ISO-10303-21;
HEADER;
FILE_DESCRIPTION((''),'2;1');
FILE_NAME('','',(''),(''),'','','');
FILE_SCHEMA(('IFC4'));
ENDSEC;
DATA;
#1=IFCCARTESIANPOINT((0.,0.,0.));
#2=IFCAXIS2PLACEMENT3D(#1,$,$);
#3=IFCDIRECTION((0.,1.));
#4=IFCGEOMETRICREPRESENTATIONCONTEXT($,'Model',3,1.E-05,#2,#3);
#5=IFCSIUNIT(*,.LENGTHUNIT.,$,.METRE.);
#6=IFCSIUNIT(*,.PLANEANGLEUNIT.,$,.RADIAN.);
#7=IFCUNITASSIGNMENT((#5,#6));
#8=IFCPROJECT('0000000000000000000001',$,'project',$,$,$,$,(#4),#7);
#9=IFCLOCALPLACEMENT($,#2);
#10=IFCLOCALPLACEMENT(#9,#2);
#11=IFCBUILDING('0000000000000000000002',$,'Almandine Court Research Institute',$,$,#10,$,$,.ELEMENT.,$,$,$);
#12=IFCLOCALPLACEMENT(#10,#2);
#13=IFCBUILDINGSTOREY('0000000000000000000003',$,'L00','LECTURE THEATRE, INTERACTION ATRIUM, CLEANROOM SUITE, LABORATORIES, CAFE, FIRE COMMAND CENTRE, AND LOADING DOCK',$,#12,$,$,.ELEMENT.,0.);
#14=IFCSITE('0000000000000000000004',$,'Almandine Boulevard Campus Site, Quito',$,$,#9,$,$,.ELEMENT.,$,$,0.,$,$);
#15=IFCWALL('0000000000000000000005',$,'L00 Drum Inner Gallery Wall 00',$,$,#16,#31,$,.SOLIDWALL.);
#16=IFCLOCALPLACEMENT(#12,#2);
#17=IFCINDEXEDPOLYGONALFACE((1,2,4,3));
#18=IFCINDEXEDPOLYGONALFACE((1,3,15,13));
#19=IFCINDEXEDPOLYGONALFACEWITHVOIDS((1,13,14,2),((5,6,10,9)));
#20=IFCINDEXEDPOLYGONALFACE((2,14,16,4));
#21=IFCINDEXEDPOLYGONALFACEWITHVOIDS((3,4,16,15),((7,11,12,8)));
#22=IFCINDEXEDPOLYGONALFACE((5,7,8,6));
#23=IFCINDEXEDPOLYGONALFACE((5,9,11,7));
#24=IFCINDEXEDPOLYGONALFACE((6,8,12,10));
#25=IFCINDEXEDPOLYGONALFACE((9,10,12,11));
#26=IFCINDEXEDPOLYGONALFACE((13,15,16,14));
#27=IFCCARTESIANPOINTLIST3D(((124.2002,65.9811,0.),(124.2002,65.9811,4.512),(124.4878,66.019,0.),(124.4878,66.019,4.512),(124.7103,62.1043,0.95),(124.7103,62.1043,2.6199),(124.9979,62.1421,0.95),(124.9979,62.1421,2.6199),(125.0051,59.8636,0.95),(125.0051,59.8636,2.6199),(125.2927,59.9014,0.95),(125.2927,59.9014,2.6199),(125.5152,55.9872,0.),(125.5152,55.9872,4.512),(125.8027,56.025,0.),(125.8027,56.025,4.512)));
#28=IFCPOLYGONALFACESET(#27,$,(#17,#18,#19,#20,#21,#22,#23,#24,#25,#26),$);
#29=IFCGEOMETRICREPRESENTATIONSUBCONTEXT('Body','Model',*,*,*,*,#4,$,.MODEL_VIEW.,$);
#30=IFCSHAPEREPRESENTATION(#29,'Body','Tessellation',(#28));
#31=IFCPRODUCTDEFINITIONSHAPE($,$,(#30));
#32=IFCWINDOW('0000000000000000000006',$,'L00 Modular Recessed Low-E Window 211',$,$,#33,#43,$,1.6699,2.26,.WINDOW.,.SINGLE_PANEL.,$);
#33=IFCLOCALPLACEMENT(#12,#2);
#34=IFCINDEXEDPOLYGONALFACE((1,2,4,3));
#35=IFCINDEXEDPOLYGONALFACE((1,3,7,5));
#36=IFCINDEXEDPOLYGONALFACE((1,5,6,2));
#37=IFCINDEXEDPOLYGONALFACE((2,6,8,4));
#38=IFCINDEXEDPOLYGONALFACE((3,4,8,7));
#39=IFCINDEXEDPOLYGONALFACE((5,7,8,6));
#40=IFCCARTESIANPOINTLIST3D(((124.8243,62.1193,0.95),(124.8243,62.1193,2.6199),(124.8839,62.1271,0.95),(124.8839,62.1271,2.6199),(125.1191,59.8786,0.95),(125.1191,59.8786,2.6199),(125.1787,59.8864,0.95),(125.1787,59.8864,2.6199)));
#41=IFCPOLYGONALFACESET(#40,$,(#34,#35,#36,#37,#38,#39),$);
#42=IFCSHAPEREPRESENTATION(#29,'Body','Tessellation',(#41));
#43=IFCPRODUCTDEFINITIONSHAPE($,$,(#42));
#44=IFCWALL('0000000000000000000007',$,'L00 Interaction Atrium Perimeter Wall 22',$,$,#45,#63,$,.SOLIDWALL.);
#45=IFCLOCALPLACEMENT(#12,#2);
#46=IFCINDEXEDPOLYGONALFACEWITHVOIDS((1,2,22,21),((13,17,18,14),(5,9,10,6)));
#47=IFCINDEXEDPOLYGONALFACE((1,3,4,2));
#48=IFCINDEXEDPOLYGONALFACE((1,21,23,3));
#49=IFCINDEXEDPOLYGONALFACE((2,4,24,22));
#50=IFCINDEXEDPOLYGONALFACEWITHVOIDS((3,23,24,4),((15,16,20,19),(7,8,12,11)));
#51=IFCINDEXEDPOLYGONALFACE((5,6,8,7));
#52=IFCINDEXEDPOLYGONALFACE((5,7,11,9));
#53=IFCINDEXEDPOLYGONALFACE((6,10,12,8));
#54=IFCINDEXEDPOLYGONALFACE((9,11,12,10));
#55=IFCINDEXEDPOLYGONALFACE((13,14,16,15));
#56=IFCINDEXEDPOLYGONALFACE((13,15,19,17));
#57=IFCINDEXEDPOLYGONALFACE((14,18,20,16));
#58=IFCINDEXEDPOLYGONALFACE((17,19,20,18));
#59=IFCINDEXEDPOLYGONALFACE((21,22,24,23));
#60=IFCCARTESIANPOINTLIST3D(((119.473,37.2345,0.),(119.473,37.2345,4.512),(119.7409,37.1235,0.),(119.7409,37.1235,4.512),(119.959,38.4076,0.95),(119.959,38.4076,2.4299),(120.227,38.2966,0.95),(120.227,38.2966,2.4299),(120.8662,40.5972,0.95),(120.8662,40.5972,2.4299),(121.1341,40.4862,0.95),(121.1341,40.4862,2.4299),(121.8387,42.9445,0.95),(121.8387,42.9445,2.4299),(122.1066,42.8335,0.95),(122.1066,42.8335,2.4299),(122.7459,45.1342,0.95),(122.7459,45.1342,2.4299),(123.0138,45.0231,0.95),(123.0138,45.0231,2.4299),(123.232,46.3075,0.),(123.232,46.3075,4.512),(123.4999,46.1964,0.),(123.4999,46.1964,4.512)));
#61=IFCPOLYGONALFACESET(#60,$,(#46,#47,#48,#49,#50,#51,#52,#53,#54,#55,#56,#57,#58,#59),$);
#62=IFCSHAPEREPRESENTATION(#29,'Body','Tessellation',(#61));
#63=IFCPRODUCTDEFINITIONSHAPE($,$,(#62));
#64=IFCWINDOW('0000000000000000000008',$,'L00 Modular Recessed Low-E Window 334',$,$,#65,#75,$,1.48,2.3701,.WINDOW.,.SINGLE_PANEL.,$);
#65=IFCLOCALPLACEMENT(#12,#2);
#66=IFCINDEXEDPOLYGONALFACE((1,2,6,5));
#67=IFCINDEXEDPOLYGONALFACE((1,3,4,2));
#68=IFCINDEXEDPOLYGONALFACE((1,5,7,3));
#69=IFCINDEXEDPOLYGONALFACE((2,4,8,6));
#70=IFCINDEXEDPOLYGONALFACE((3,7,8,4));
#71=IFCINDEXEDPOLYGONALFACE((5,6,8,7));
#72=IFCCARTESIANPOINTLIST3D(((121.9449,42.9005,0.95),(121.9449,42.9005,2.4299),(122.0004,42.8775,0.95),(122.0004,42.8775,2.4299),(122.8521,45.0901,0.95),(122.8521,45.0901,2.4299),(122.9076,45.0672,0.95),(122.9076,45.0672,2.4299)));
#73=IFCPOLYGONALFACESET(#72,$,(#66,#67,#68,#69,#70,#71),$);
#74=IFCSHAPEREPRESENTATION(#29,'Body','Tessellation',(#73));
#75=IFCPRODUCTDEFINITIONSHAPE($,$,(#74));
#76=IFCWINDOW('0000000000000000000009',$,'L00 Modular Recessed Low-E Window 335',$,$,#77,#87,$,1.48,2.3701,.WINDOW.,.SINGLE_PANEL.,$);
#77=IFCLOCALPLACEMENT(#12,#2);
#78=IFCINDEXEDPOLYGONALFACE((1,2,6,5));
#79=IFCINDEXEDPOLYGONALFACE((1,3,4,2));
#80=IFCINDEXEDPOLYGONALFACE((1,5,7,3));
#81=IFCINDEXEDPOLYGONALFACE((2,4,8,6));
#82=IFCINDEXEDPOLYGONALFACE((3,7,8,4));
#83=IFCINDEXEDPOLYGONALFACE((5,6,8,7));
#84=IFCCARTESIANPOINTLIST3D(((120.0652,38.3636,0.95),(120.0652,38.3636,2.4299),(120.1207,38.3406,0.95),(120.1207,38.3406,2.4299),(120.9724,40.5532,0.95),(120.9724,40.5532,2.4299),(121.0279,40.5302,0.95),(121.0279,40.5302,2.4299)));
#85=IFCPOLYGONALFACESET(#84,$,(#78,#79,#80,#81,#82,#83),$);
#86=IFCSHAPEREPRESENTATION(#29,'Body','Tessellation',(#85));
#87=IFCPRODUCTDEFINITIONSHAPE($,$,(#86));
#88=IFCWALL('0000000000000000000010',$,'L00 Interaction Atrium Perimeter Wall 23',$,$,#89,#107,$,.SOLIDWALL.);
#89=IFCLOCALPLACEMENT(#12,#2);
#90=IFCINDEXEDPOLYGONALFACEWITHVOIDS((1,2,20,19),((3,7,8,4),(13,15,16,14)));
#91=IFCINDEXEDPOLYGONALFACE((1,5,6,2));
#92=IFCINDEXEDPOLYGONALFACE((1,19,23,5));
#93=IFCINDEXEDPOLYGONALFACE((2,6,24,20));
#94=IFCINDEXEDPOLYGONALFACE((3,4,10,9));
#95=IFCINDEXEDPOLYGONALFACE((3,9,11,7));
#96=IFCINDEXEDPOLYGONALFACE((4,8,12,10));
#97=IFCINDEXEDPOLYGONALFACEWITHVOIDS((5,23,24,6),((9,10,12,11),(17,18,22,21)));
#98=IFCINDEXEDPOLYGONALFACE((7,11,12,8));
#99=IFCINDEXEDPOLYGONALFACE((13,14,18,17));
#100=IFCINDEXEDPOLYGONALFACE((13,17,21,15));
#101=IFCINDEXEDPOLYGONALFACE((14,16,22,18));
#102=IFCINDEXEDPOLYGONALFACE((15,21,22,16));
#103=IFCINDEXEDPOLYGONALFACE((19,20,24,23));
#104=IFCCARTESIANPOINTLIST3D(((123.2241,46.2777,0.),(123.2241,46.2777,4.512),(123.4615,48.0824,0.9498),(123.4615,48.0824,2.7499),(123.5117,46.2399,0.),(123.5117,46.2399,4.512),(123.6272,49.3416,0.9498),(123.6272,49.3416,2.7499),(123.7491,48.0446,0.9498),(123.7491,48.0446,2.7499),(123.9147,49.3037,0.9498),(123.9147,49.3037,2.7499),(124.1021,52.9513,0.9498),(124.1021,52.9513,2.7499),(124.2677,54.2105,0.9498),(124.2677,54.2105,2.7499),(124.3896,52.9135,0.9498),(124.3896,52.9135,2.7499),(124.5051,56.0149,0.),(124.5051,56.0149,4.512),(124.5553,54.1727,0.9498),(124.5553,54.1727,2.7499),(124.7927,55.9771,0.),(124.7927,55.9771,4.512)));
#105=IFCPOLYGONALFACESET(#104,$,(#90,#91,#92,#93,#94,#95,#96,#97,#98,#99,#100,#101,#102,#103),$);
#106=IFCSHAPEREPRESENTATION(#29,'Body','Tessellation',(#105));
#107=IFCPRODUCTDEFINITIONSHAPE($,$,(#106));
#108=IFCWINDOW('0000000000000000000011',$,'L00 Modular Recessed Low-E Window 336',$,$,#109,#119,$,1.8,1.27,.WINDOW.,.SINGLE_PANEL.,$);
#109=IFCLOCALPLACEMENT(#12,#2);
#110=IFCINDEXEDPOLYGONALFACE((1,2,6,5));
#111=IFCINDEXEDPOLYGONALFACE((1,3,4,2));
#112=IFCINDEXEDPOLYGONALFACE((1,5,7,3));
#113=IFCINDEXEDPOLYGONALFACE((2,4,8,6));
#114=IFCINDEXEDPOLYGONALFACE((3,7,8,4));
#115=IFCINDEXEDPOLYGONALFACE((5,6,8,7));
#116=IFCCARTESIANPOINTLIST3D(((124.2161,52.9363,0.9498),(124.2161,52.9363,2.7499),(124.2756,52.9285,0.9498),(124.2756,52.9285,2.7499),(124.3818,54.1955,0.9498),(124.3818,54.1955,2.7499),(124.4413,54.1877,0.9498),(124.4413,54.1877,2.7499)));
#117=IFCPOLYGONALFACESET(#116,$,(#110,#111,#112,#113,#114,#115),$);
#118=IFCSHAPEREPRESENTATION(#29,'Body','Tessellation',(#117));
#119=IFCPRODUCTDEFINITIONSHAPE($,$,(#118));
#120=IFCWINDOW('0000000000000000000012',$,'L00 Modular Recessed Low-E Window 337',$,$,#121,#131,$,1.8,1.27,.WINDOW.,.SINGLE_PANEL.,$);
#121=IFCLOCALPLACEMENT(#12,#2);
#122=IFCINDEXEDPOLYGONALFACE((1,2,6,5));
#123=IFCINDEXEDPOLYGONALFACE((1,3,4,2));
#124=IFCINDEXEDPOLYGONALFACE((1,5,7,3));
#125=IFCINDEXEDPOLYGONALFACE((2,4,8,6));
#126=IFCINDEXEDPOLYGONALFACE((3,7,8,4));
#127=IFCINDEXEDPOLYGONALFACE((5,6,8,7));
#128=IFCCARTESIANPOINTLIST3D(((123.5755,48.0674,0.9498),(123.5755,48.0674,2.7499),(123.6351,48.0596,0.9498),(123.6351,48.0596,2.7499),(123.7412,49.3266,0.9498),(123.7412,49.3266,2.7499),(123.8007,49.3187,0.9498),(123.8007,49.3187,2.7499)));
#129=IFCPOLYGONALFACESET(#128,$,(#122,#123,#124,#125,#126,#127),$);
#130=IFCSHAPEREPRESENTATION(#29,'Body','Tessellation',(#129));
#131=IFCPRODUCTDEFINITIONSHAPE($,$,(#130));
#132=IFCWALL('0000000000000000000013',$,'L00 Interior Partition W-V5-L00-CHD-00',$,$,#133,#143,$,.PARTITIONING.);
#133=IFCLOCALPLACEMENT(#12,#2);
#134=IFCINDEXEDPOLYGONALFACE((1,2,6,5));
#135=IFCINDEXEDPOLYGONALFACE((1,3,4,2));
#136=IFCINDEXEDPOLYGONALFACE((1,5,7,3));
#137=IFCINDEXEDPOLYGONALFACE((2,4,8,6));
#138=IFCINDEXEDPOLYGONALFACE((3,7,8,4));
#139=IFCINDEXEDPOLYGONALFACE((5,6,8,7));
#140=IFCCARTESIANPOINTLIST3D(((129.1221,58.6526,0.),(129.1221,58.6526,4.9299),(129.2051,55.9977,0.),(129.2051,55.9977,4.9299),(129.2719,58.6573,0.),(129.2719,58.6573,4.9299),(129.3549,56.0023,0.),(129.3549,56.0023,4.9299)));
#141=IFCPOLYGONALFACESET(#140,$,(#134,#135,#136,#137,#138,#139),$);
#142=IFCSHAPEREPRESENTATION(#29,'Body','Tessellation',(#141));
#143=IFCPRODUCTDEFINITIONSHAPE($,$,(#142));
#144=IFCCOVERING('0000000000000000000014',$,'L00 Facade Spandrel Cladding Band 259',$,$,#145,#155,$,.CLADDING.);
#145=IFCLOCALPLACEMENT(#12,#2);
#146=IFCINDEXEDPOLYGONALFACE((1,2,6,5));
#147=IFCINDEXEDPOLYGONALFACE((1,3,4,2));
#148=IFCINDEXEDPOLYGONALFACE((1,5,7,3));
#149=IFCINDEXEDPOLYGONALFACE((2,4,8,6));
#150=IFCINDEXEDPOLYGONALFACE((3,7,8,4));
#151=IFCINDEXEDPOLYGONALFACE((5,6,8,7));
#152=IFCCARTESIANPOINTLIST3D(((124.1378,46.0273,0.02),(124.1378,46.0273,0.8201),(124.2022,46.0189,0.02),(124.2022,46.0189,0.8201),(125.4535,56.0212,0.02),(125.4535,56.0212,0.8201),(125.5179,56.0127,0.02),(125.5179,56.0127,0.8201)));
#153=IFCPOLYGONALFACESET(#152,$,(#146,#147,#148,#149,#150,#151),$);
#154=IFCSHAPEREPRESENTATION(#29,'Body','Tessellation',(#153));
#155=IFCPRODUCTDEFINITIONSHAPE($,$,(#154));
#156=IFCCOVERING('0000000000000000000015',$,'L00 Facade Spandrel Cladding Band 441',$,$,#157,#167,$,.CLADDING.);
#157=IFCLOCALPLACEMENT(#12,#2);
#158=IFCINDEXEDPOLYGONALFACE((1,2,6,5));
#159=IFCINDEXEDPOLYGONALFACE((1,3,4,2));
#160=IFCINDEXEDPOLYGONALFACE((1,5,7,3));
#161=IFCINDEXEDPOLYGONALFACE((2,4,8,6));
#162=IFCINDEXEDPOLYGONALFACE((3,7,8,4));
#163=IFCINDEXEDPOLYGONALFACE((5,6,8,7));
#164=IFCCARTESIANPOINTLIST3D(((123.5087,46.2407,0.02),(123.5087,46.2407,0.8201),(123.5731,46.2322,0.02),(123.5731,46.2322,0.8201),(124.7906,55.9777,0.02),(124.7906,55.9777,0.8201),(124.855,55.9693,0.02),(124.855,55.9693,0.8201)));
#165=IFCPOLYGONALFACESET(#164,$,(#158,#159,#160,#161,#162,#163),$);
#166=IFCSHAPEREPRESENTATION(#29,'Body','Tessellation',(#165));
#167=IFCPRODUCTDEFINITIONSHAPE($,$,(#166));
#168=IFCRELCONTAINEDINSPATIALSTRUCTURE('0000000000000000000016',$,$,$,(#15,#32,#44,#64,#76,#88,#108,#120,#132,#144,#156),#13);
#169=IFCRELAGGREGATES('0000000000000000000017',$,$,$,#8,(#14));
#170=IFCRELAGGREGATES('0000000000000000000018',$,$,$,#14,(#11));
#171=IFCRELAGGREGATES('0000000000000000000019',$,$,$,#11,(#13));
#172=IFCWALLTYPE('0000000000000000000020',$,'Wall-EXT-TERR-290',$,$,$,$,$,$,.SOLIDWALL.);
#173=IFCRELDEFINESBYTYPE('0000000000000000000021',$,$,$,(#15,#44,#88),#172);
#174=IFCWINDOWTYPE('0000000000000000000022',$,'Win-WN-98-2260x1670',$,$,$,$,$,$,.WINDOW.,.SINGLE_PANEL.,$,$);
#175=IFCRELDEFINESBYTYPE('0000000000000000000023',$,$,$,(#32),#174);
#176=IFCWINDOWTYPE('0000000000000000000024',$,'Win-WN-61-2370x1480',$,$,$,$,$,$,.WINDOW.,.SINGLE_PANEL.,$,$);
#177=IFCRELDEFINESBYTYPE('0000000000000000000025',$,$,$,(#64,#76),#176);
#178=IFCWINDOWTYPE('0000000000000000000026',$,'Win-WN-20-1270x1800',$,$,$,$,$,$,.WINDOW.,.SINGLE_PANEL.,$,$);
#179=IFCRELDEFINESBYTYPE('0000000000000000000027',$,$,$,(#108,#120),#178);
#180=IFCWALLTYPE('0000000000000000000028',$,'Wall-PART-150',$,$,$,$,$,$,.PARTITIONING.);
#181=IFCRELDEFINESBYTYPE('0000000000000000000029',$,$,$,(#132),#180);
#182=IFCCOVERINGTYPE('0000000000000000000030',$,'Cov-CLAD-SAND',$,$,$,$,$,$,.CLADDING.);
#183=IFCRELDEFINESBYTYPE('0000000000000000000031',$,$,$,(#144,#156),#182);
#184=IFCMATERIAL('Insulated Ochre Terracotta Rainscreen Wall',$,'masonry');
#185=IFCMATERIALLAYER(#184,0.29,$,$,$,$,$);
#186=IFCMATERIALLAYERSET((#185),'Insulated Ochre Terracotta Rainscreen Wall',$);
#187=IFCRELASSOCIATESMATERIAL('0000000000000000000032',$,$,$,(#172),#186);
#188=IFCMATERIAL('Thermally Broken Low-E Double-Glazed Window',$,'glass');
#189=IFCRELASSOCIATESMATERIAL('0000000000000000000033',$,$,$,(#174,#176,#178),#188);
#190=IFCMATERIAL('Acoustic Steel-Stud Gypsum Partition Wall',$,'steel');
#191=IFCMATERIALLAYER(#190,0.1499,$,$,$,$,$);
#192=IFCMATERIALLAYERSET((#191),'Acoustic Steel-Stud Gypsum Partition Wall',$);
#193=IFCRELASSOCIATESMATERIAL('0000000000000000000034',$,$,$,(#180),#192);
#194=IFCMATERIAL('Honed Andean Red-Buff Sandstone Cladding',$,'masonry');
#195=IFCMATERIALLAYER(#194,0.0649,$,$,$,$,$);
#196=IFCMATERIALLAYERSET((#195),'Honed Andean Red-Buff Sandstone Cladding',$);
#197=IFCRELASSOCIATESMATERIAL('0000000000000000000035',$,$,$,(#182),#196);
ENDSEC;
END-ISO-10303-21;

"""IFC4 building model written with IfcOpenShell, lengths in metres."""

from ifc_helpers import new_model, si_unit, direction, frame, frame_2d, origin, origin_2d, place, context, subcontext, project, spatial, rectangle, extrude, material, layer, layer_set, type_object, element, fill, save


model = new_model("IFC4")

# Units and contexts
model_context = context("Model", 3, precision=1e-05, world=origin(), true_north=direction((0.0, 1.0)))
body_context = subcontext(model_context, "Body", "Model", "MODEL_VIEW")
ifc_project = project(units=[si_unit("LENGTHUNIT", "METRE"), si_unit("PLANEANGLEUNIT", "RADIAN")], contexts=[model_context])

# Site, building, storey
site_placement = place(None, origin())
site = spatial("IfcSite", under=ifc_project, at=site_placement, Name="Almandine Boulevard Campus Site, Quito", CompositionType="ELEMENT", RefElevation=0.0)
building_placement = place(site_placement, origin())
building = spatial("IfcBuilding", under=site, at=building_placement, Name="Almandine Court Research Institute", CompositionType="ELEMENT")
storey_placement = place(building_placement, origin())
storey = spatial("IfcBuildingStorey", under=building, at=storey_placement, Name="L00", Description="LECTURE THEATRE, INTERACTION ATRIUM, CLEANROOM SUITE, LABORATORIES, CAFE, FIRE COMMAND CENTRE, AND LOADING DOCK", CompositionType="ELEMENT", Elevation=0.0)

# Wall, opening, window
ifc_material_1 = material(Name="Insulated Ochre Terracotta Rainscreen Wall", Category="masonry")
ifc_layer_1 = layer(ifc_material_1, 0.29)
ifc_layer_set_1 = layer_set([ifc_layer_1], Name="Insulated Ochre Terracotta Rainscreen Wall")
wall_type_1 = type_object("IfcWallType", Name="Wall-EXT-TERR-290", PredefinedType="SOLIDWALL", material=ifc_layer_set_1)
wall_1_placement = place(storey_placement, frame((125.6589, 56.0061, 0.0), z_axis=(0.0, 0.0, 1.0), x_axis=(-0.13045, 0.991455, 0.0)))
wall_1 = element("IfcWall", 1, at=wall_1_placement, inside=storey, type_object=wall_type_1, Name="L00 Drum Inner Gallery Wall 00", PredefinedType="SOLIDWALL", context=body_context, shape_type="SweptSolid", body=[
    extrude(rectangle(XDim=10.0801, YDim=0.29, at=frame_2d((5.04, 0.0))), origin(), (0.0, 0.0, 1.0), 4.512),
])
opening_1_placement = place(wall_1_placement, frame((3.9099, 0.0, 0.95)))
opening_1 = element("IfcOpeningElement", 2, at=opening_1_placement, cuts=wall_1, PredefinedType="OPENING", context=body_context, shape_type="SweptSolid", body=[
    extrude(rectangle(XDim=2.26, YDim=1.6699, at=frame_2d((1.1299, 0.835))), frame((0.0, 0.155, 0.0), z_axis=(0.0, -1.0, 0.0), x_axis=(1.0, 0.0, 0.0)), (0.0, 0.0, 1.0), 0.3101),
])
ifc_material_2 = material(Name="Thermally Broken Low-E Double-Glazed Window", Category="glass")
window_type_1 = type_object("IfcWindowType", Name="Win-WN-98-2260x1670", PartitioningType="SINGLE_PANEL", PredefinedType="WINDOW", material=ifc_material_2)
window_1_placement = place(opening_1_placement, origin())
window_1 = element("IfcWindow", 3, at=window_1_placement, inside=storey, type_object=window_type_1, Name="L00 Modular Recessed Low-E Window 211", OverallHeight=1.6699, OverallWidth=2.26, PartitioningType="SINGLE_PANEL", PredefinedType="WINDOW", context=body_context, shape_type="SweptSolid", body=[
    extrude(rectangle(XDim=2.26, YDim=1.6699, at=frame_2d((1.1299, 0.835))), frame((0.0, 0.03, 0.0), z_axis=(0.0, -1.0, 0.0), x_axis=(1.0, 0.0, 0.0)), (0.0, 0.0, 1.0), 0.0601),
])
fill(opening_1, window_1)

# Walls, openings, windows
wall_2_placement = place(storey_placement, frame((123.366, 46.252, 0.0), z_axis=(0.0, 0.0, 1.0), x_axis=(-0.382759, -0.923848, 0.0)))
wall_2 = element("IfcWall", 4, at=wall_2_placement, inside=storey, type_object=wall_type_1, Name="L00 Interaction Atrium Perimeter Wall 22", PredefinedType="SOLIDWALL", context=body_context, shape_type="SweptSolid", body=[
    extrude(rectangle(XDim=9.8208, YDim=0.29, at=frame_2d((4.9104, 0.0))), origin(), (0.0, 0.0, 1.0), 4.512),
])
opening_2_placement = place(wall_2_placement, frame((1.27, 0.0, 0.95)))
opening_2 = element("IfcOpeningElement", 5, at=opening_2_placement, cuts=wall_2, PredefinedType="OPENING", context=body_context, shape_type="SweptSolid", body=[
    extrude(rectangle(XDim=2.3701, YDim=1.48, at=frame_2d((1.1851, 0.74))), frame((0.0, 0.155, 0.0), z_axis=(0.0, -1.0, 0.0), x_axis=(1.0, 0.0, 0.0)), (0.0, 0.0, 1.0), 0.3101),
])
opening_3_placement = place(wall_2_placement, frame((6.1809, 0.0, 0.95)))
opening_3 = element("IfcOpeningElement", 6, at=opening_3_placement, cuts=wall_2, PredefinedType="OPENING", context=body_context, shape_type="SweptSolid", body=[
    extrude(rectangle(XDim=2.3701, YDim=1.48, at=frame_2d((1.1851, 0.74))), frame((0.0, 0.155, 0.0), z_axis=(0.0, -1.0, 0.0), x_axis=(1.0, 0.0, 0.0)), (0.0, 0.0, 1.0), 0.3101),
])
window_type_2 = type_object("IfcWindowType", Name="Win-WN-61-2370x1480", PartitioningType="SINGLE_PANEL", PredefinedType="WINDOW", material=ifc_material_2)
window_2_placement = place(opening_2_placement, origin())
window_2 = element("IfcWindow", 7, at=window_2_placement, inside=storey, type_object=window_type_2, Name="L00 Modular Recessed Low-E Window 334", OverallHeight=1.48, OverallWidth=2.3701, PartitioningType="SINGLE_PANEL", PredefinedType="WINDOW", context=body_context, shape_type="SweptSolid", body=[
    extrude(rectangle(XDim=2.3701, YDim=1.48, at=frame_2d((1.1851, 0.74))), frame((0.0, 0.03, 0.0), z_axis=(0.0, -1.0, 0.0), x_axis=(1.0, 0.0, 0.0)), (0.0, 0.0, 1.0), 0.0601),
])
fill(opening_2, window_2)
window_3_placement = place(opening_3_placement, origin())
window_3 = element("IfcWindow", 8, at=window_3_placement, inside=storey, type_object=window_type_2, Name="L00 Modular Recessed Low-E Window 335", OverallHeight=1.48, OverallWidth=2.3701, PartitioningType="SINGLE_PANEL", PredefinedType="WINDOW", context=body_context, shape_type="SweptSolid", body=[
    extrude(rectangle(XDim=2.3701, YDim=1.48, at=frame_2d((1.1851, 0.74))), frame((0.0, 0.03, 0.0), z_axis=(0.0, -1.0, 0.0), x_axis=(1.0, 0.0, 0.0)), (0.0, 0.0, 1.0), 0.0601),
])
fill(opening_3, window_3)
wall_3_placement = place(storey_placement, frame((124.6489, 55.9961, 0.0), z_axis=(0.0, 0.0, 1.0), x_axis=(-0.130436, -0.991457, 0.0)))
wall_3 = element("IfcWall", 9, at=wall_3_placement, inside=storey, type_object=wall_type_1, Name="L00 Interaction Atrium Perimeter Wall 23", PredefinedType="SOLIDWALL", context=body_context, shape_type="SweptSolid", body=[
    extrude(rectangle(XDim=9.821, YDim=0.29, at=frame_2d((4.9106, 0.0))), origin(), (0.0, 0.0, 1.0), 4.512),
])
opening_4_placement = place(wall_3_placement, frame((1.8201, 0.0, 0.95)))
opening_4 = element("IfcOpeningElement", 10, at=opening_4_placement, cuts=wall_3, PredefinedType="OPENING", context=body_context, shape_type="SweptSolid", body=[
    extrude(rectangle(XDim=1.27, YDim=1.8, at=frame_2d((0.635, 0.8999))), frame((0.0, 0.155, 0.0), z_axis=(0.0, -1.0, 0.0), x_axis=(1.0, 0.0, 0.0)), (0.0, 0.0, 1.0), 0.3101),
])
opening_5_placement = place(wall_3_placement, frame((6.731, 0.0, 0.95)))
opening_5 = element("IfcOpeningElement", 11, at=opening_5_placement, cuts=wall_3, PredefinedType="OPENING", context=body_context, shape_type="SweptSolid", body=[
    extrude(rectangle(XDim=1.27, YDim=1.8, at=frame_2d((0.635, 0.8999))), frame((0.0, 0.155, 0.0), z_axis=(0.0, -1.0, 0.0), x_axis=(1.0, 0.0, 0.0)), (0.0, 0.0, 1.0), 0.3101),
])
window_type_3 = type_object("IfcWindowType", Name="Win-WN-20-1270x1800", PartitioningType="SINGLE_PANEL", PredefinedType="WINDOW", material=ifc_material_2)
window_4_placement = place(opening_4_placement, origin())
window_4 = element("IfcWindow", 12, at=window_4_placement, inside=storey, type_object=window_type_3, Name="L00 Modular Recessed Low-E Window 336", OverallHeight=1.8, OverallWidth=1.27, PartitioningType="SINGLE_PANEL", PredefinedType="WINDOW", context=body_context, shape_type="SweptSolid", body=[
    extrude(rectangle(XDim=1.27, YDim=1.8, at=frame_2d((0.635, 0.8999))), frame((0.0, 0.03, 0.0), z_axis=(0.0, -1.0, 0.0), x_axis=(1.0, 0.0, 0.0)), (0.0, 0.0, 1.0), 0.0601),
])
fill(opening_4, window_4)
window_5_placement = place(opening_5_placement, origin())
window_5 = element("IfcWindow", 13, at=window_5_placement, inside=storey, type_object=window_type_3, Name="L00 Modular Recessed Low-E Window 337", OverallHeight=1.8, OverallWidth=1.27, PartitioningType="SINGLE_PANEL", PredefinedType="WINDOW", context=body_context, shape_type="SweptSolid", body=[
    extrude(rectangle(XDim=1.27, YDim=1.8, at=frame_2d((0.635, 0.8999))), frame((0.0, 0.03, 0.0), z_axis=(0.0, -1.0, 0.0), x_axis=(1.0, 0.0, 0.0)), (0.0, 0.0, 1.0), 0.0601),
])
fill(opening_5, window_5)

# Wall
ifc_material_3 = material(Name="Acoustic Steel-Stud Gypsum Partition Wall", Category="steel")
ifc_layer_2 = layer(ifc_material_3, 0.1499)
ifc_layer_set_2 = layer_set([ifc_layer_2], Name="Acoustic Steel-Stud Gypsum Partition Wall")
wall_type_2 = type_object("IfcWallType", Name="Wall-PART-150", PredefinedType="PARTITIONING", material=ifc_layer_set_2)
wall_4_placement = place(storey_placement, frame((129.28, 56.0, 0.0), z_axis=(0.0, 0.0, 1.0), x_axis=(-0.031249, 0.999512, 0.0)))
element("IfcWall", 14, at=wall_4_placement, inside=storey, type_object=wall_type_2, Name="L00 Interior Partition W-V5-L00-CHD-00", PredefinedType="PARTITIONING", context=body_context, shape_type="SweptSolid", body=[
    extrude(rectangle(XDim=2.6562, YDim=0.1499, at=frame_2d((1.3281, 0.0))), origin(), (0.0, 0.0, 1.0), 4.9299),
])

# Coverings
ifc_material_4 = material(Name="Honed Andean Red-Buff Sandstone Cladding", Category="masonry")
ifc_layer_3 = layer(ifc_material_4, 0.0649)
ifc_layer_set_3 = layer_set([ifc_layer_3], Name="Honed Andean Red-Buff Sandstone Cladding")
covering_type = type_object("IfcCoveringType", Name="Cov-CLAD-SAND", PredefinedType="CLADDING", material=ifc_layer_set_3)
covering_1_placement = place(storey_placement, frame((124.8279, 51.02, 0.02), z_axis=(0.0, 0.0, 1.0), x_axis=(0.130526, 0.991445, 0.0)))
element("IfcCovering", 15, at=covering_1_placement, inside=storey, type_object=covering_type, Name="L00 Facade Spandrel Cladding Band 259", PredefinedType="CLADDING", context=body_context, shape_type="SweptSolid", body=[
    extrude(rectangle(XDim=10.0801, YDim=0.0649, at=origin_2d()), origin(), (0.0, 0.0, 1.0), 0.8),
])
covering_2_placement = place(storey_placement, frame((124.1819, 51.105, 0.02), z_axis=(0.0, 0.0, 1.0), x_axis=(-0.130526, -0.991445, 0.0)))
element("IfcCovering", 16, at=covering_2_placement, inside=storey, type_object=covering_type, Name="L00 Facade Spandrel Cladding Band 441", PredefinedType="CLADDING", context=body_context, shape_type="SweptSolid", body=[
    extrude(rectangle(XDim=9.821, YDim=0.0649, at=origin_2d()), origin(), (0.0, 0.0, 1.0), 0.8),
])

save(model, "model.ifc")
